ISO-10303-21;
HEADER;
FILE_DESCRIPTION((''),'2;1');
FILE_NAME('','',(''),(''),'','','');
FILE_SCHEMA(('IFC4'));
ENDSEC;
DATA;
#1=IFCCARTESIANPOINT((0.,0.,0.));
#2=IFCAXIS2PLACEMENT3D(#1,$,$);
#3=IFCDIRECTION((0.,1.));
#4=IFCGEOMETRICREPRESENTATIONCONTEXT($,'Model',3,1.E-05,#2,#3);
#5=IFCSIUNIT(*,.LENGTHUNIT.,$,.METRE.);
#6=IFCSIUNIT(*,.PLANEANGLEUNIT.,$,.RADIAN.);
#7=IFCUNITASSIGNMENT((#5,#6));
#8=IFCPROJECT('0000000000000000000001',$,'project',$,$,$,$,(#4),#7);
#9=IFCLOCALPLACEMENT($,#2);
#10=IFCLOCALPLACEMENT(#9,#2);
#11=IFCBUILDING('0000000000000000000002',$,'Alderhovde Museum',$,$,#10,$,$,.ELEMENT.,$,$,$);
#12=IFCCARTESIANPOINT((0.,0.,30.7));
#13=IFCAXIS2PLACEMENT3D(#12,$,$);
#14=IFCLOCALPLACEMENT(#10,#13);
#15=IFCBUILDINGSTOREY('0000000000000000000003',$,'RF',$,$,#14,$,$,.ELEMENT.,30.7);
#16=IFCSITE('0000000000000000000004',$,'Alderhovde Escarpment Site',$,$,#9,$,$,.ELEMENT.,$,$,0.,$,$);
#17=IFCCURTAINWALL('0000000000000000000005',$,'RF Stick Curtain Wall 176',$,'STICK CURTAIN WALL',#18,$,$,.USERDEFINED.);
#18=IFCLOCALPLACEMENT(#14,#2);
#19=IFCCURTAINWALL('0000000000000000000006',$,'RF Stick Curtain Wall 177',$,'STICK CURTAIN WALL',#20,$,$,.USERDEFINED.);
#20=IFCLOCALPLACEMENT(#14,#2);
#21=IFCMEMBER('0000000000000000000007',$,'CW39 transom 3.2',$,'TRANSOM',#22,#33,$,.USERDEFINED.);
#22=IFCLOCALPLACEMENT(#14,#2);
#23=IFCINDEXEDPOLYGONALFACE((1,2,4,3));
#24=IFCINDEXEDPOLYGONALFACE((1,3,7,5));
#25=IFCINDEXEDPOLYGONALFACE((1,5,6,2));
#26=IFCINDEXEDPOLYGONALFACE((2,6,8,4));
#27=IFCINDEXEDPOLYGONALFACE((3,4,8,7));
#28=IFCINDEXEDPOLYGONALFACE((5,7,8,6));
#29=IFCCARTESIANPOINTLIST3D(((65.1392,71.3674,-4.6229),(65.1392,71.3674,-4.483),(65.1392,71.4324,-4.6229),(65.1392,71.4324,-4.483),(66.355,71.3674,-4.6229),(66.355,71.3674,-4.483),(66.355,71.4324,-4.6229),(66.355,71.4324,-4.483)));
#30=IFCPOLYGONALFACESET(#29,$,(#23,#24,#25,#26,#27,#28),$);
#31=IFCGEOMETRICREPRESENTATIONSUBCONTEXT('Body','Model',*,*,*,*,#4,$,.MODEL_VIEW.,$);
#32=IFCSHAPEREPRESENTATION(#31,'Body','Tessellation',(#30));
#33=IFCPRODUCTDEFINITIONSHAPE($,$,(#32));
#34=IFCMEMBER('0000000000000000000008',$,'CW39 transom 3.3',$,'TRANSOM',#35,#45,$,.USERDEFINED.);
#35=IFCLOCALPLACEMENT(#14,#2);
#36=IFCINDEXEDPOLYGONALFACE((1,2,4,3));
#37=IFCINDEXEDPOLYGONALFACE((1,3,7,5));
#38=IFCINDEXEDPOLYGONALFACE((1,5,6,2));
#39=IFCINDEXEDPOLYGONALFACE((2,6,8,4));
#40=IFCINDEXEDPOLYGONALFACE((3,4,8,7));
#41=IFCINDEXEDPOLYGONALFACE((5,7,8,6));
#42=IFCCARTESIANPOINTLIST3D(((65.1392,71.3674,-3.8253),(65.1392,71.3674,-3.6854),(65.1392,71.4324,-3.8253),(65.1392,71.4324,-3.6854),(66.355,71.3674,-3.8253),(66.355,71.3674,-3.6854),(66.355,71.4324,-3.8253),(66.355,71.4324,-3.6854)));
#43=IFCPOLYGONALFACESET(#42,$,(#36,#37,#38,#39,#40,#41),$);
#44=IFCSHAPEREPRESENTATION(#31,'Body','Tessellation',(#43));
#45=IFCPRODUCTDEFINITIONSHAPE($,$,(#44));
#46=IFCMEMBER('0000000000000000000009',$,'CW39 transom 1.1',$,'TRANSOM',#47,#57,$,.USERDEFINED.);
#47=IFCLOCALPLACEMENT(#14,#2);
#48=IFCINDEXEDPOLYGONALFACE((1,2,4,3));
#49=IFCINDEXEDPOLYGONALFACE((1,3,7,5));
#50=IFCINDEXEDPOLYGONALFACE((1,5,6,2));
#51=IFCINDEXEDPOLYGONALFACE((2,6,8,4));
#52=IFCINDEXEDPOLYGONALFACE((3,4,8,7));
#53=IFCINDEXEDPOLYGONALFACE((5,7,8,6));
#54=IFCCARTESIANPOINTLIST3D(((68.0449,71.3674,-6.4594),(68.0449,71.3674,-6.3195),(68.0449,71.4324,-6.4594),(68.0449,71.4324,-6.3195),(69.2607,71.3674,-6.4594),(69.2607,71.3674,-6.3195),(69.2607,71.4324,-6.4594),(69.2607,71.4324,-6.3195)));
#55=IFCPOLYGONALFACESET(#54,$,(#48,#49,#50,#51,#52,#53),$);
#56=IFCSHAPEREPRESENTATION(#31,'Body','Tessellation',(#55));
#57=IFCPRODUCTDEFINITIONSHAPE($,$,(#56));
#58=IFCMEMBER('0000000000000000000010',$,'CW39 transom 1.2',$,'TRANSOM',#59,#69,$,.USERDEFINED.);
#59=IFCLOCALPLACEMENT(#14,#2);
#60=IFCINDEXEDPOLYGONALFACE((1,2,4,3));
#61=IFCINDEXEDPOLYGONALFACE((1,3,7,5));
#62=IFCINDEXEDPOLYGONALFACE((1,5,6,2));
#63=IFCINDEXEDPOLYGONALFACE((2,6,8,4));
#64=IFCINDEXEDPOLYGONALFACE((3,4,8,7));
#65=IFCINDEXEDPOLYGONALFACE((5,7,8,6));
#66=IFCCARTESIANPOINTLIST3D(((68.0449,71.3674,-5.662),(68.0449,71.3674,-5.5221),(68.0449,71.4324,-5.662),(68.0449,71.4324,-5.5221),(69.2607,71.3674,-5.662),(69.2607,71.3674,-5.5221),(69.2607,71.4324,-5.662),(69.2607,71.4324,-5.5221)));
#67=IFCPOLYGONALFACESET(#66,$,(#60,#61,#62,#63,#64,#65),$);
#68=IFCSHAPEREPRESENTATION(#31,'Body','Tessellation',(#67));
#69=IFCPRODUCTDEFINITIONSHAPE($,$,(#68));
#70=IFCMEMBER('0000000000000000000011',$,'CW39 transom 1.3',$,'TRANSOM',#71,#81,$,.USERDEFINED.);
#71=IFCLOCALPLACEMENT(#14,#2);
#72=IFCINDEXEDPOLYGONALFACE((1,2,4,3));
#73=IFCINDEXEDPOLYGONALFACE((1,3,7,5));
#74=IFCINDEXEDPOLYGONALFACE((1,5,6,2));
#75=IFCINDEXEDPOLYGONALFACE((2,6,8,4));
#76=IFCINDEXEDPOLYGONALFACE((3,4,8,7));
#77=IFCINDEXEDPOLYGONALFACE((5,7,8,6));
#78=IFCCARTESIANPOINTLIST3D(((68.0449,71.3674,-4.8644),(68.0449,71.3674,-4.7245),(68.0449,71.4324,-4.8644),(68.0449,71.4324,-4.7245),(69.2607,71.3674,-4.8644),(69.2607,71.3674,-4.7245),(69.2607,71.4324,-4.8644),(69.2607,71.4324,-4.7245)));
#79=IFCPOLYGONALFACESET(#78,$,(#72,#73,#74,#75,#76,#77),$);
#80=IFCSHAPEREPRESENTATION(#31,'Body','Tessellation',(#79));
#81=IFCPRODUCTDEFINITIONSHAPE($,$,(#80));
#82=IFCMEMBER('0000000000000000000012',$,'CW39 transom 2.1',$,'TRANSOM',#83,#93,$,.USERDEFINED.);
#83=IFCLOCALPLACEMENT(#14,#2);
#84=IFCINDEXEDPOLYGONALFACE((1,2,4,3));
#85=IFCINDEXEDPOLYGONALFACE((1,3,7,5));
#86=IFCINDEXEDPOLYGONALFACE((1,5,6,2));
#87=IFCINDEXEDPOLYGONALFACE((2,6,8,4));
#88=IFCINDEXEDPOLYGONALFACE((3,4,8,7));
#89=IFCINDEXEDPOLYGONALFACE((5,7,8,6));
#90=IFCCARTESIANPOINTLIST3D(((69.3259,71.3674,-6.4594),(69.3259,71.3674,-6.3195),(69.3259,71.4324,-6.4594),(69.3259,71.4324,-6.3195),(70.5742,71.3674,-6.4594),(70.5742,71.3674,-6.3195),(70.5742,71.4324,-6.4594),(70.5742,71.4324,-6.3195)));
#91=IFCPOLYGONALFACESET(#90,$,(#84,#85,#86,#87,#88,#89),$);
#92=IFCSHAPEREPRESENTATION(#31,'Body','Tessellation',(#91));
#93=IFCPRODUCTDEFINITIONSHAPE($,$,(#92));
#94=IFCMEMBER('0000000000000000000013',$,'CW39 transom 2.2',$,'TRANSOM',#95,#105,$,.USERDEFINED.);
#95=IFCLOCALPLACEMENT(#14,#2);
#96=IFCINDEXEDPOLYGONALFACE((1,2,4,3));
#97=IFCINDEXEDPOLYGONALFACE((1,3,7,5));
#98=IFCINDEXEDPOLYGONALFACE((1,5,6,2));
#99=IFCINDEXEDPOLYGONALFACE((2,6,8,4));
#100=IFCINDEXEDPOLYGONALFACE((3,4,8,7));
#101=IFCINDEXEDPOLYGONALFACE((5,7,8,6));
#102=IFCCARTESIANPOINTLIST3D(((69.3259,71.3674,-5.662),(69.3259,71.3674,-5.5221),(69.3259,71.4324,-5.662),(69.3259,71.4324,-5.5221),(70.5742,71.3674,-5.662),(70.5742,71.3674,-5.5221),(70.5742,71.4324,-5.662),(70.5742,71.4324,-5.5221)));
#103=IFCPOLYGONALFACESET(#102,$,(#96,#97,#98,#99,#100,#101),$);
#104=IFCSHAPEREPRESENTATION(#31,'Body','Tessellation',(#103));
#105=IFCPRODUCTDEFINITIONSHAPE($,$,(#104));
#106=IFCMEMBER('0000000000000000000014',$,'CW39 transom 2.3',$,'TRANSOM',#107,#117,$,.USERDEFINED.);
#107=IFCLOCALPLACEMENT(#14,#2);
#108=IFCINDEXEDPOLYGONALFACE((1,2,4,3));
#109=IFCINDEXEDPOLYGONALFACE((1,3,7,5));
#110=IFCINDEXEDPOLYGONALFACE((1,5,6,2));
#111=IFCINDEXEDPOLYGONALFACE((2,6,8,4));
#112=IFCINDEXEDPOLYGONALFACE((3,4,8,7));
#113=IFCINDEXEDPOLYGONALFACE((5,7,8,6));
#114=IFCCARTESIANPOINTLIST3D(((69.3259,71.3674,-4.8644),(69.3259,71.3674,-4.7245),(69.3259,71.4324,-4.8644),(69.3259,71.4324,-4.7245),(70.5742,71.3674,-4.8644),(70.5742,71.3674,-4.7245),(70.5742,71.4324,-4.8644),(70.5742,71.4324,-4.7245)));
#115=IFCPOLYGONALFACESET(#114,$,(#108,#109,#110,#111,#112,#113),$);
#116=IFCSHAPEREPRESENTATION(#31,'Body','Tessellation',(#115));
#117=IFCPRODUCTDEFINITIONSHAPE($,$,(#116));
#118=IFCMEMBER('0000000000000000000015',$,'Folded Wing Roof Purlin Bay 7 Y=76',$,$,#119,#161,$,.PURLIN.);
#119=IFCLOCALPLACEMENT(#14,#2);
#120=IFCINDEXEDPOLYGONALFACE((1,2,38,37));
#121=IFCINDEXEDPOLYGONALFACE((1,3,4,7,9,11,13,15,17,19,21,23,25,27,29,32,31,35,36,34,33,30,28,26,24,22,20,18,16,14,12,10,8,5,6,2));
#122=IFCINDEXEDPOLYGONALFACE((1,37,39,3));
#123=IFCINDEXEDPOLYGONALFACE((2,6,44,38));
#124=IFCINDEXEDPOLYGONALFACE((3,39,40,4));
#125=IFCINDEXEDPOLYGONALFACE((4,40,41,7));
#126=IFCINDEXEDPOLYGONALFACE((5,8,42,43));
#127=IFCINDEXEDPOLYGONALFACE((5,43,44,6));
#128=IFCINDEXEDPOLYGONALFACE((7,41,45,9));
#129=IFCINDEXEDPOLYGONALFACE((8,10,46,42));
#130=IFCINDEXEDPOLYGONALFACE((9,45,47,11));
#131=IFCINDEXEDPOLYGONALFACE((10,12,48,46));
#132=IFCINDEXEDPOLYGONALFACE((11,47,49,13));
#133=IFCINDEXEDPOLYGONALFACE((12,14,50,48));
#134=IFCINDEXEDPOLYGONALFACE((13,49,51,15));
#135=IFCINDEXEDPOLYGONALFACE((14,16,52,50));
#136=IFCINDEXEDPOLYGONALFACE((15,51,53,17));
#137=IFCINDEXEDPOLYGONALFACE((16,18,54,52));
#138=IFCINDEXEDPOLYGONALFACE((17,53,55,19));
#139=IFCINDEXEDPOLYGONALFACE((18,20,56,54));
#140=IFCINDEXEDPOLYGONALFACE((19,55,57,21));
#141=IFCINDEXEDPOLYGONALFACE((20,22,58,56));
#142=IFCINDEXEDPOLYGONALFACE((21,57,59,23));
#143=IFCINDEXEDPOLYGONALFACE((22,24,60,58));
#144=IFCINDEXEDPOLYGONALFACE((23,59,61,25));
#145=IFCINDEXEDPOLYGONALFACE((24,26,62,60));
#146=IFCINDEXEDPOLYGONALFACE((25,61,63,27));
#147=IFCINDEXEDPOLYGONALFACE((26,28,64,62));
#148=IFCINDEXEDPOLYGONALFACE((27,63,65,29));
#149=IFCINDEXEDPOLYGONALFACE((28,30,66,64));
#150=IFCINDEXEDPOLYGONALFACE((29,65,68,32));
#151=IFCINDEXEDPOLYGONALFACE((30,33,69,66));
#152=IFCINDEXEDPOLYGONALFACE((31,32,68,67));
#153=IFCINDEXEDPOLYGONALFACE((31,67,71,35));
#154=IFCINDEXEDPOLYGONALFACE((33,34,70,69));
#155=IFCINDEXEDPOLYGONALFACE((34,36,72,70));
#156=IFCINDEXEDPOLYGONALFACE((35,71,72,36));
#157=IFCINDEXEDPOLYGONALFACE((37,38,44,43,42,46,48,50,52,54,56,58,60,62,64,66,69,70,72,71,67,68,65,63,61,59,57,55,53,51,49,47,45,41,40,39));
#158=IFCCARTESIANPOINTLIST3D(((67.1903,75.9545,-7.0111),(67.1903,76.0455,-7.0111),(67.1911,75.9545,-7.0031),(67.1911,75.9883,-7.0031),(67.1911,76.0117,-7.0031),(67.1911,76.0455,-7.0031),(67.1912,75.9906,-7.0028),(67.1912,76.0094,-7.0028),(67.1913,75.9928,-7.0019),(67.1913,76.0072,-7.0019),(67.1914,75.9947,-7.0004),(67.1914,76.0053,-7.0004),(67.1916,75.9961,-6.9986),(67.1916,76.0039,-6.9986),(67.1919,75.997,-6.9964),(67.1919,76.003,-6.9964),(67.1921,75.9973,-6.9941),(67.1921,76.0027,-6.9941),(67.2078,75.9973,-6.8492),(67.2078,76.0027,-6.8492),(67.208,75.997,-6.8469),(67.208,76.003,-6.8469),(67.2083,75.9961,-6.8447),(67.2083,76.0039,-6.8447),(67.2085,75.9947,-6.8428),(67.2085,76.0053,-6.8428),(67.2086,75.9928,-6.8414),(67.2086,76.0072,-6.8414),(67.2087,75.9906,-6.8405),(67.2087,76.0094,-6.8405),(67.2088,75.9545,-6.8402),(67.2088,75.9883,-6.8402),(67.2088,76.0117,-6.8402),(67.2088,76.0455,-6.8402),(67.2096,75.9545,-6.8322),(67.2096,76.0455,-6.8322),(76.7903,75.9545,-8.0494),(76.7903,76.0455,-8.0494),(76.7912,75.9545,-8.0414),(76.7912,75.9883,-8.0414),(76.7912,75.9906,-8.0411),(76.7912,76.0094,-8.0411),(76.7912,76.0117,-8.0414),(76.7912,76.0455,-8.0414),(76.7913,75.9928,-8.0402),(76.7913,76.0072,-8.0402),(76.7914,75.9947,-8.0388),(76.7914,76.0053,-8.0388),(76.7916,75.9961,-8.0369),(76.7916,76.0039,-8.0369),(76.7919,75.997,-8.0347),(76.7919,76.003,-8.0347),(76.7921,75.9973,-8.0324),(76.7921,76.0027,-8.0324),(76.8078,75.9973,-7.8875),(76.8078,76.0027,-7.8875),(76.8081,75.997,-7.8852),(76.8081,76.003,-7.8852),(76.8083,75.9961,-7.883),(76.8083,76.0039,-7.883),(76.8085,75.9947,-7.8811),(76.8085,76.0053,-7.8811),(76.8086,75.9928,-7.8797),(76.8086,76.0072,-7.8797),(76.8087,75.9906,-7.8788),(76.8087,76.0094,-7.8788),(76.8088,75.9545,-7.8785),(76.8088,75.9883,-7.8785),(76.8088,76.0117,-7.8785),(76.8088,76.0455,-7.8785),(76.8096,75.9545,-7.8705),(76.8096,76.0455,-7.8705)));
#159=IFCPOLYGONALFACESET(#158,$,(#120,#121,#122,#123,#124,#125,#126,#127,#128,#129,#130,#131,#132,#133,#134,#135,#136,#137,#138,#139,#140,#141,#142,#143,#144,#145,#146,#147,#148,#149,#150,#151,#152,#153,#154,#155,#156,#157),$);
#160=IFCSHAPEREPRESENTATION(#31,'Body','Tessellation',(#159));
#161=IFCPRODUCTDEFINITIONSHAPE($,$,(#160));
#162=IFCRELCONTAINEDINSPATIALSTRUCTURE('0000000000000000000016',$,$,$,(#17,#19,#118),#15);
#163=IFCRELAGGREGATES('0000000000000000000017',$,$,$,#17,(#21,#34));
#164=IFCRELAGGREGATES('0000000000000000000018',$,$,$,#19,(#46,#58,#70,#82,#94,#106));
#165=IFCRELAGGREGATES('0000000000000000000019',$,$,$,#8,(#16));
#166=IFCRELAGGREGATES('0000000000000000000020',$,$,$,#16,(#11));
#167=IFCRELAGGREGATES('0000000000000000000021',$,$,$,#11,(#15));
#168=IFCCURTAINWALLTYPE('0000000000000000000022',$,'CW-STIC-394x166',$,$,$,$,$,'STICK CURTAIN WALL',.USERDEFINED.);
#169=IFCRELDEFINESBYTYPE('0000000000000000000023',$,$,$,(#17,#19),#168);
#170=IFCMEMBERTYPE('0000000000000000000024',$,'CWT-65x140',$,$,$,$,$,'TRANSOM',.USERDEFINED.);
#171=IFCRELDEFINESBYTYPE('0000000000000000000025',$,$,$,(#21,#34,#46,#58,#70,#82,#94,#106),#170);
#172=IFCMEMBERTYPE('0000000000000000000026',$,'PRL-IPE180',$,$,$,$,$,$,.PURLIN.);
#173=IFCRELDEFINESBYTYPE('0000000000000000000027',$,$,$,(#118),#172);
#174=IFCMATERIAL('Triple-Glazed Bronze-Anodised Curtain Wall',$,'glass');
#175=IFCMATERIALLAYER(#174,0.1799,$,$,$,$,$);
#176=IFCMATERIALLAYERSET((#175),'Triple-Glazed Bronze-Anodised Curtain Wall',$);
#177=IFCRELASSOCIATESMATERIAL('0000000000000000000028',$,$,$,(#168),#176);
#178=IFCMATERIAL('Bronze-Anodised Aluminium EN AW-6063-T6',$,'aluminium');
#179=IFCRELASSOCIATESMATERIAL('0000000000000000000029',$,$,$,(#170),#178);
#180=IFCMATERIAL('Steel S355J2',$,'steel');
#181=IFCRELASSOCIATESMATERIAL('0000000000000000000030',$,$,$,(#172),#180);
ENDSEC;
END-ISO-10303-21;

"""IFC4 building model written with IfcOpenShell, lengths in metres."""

from ifc_helpers import new_model, si_unit, direction, frame, origin, origin_2d, place, context, subcontext, project, spatial, rectangle, i_section, extrude, material, layer, layer_set, material_profile, profile_set, type_object, element, aggregate, save


model = new_model("IFC4")

# Units and contexts
model_context = context("Model", 3, precision=1e-05, world=origin(), true_north=direction((0.0, 1.0)))
body_context = subcontext(model_context, "Body", "Model", "MODEL_VIEW")
ifc_project = project(units=[si_unit("LENGTHUNIT", "METRE"), si_unit("PLANEANGLEUNIT", "RADIAN")], contexts=[model_context])

# Site, building, storey
site_placement = place(None, origin())
site = spatial("IfcSite", under=ifc_project, at=site_placement, Name="Alderhovde Escarpment Site", CompositionType="ELEMENT", RefElevation=0.0)
building_placement = place(site_placement, origin())
building = spatial("IfcBuilding", under=site, at=building_placement, Name="Alderhovde Museum", CompositionType="ELEMENT")
storey_placement = place(building_placement, frame((0.0, 0.0, 30.7)))
storey = spatial("IfcBuildingStorey", under=building, at=storey_placement, Name="RF", CompositionType="ELEMENT", Elevation=30.7)

# Curtain walls
ifc_material_1 = material(Name="Triple-Glazed Bronze-Anodised Curtain Wall", Category="glass")
ifc_layer_1 = layer(ifc_material_1, 0.1799)
ifc_layer_set_1 = layer_set([ifc_layer_1], Name="Triple-Glazed Bronze-Anodised Curtain Wall")
curtain_wall_type = type_object("IfcCurtainWallType", Name="CW-STIC-394x166", ElementType="STICK CURTAIN WALL", PredefinedType="USERDEFINED", material=ifc_layer_set_1)
curtain_wall_1_placement = place(storey_placement, origin())
curtain_wall_1 = element("IfcCurtainWall", 1, at=curtain_wall_1_placement, inside=storey, type_object=curtain_wall_type, Name="RF Stick Curtain Wall 176", ObjectType="STICK CURTAIN WALL", PredefinedType="USERDEFINED")
curtain_wall_2_placement = place(storey_placement, origin())
curtain_wall_2 = element("IfcCurtainWall", 2, at=curtain_wall_2_placement, inside=storey, type_object=curtain_wall_type, Name="RF Stick Curtain Wall 177", ObjectType="STICK CURTAIN WALL", PredefinedType="USERDEFINED")

# Members
ifc_material_2 = material(Name="Bronze-Anodised Aluminium EN AW-6063-T6", Category="aluminium")
ifc_material_profile_1 = material_profile(ifc_material_2, rectangle(XDim=0.0649, YDim=0.1399, at=origin_2d()), Name="TRANSOM 65x140")
ifc_profile_set_1 = profile_set([ifc_material_profile_1], Name="Bronze-Anodised Aluminium EN AW-6063-T6")
member_type_1 = type_object("IfcMemberType", Name="CWT-65x140", ElementType="TRANSOM", PredefinedType="USERDEFINED", material=ifc_profile_set_1)
member_1_placement = place(storey_placement, frame((65.1392, 71.3999, -4.553), z_axis=(1.0, 0.0, 0.0), x_axis=(0.0, 1.0, 0.0)))
member_1 = element("IfcMember", 3, at=member_1_placement, type_object=member_type_1, Name="CW39 transom 3.2", ObjectType="TRANSOM", PredefinedType="USERDEFINED", context=body_context, shape_type="SweptSolid", body=[
    extrude(rectangle(XDim=0.0649, YDim=0.1399, at=origin_2d()), origin(), (0.0, 0.0, 1.0), 1.2158),
])
member_2_placement = place(storey_placement, frame((65.1392, 71.3999, -3.7554), z_axis=(1.0, 0.0, 0.0), x_axis=(0.0, 1.0, 0.0)))
member_2 = element("IfcMember", 4, at=member_2_placement, type_object=member_type_1, Name="CW39 transom 3.3", ObjectType="TRANSOM", PredefinedType="USERDEFINED", context=body_context, shape_type="SweptSolid", body=[
    extrude(rectangle(XDim=0.0649, YDim=0.1399, at=origin_2d()), origin(), (0.0, 0.0, 1.0), 1.2158),
])
member_3_placement = place(storey_placement, frame((68.0449, 71.3999, -6.3894), z_axis=(1.0, 0.0, 0.0), x_axis=(0.0, 1.0, 0.0)))
member_3 = element("IfcMember", 5, at=member_3_placement, type_object=member_type_1, Name="CW39 transom 1.1", ObjectType="TRANSOM", PredefinedType="USERDEFINED", context=body_context, shape_type="SweptSolid", body=[
    extrude(rectangle(XDim=0.0649, YDim=0.1399, at=origin_2d()), origin(), (0.0, 0.0, 1.0), 1.2158),
])
member_4_placement = place(storey_placement, frame((68.0449, 71.3999, -5.592), z_axis=(1.0, 0.0, 0.0), x_axis=(0.0, 1.0, 0.0)))
member_4 = element("IfcMember", 6, at=member_4_placement, type_object=member_type_1, Name="CW39 transom 1.2", ObjectType="TRANSOM", PredefinedType="USERDEFINED", context=body_context, shape_type="SweptSolid", body=[
    extrude(rectangle(XDim=0.0649, YDim=0.1399, at=origin_2d()), origin(), (0.0, 0.0, 1.0), 1.2158),
])
member_5_placement = place(storey_placement, frame((68.0449, 71.3999, -4.7944), z_axis=(1.0, 0.0, 0.0), x_axis=(0.0, 1.0, 0.0)))
member_5 = element("IfcMember", 7, at=member_5_placement, type_object=member_type_1, Name="CW39 transom 1.3", ObjectType="TRANSOM", PredefinedType="USERDEFINED", context=body_context, shape_type="SweptSolid", body=[
    extrude(rectangle(XDim=0.0649, YDim=0.1399, at=origin_2d()), origin(), (0.0, 0.0, 1.0), 1.2158),
])
member_6_placement = place(storey_placement, frame((69.3259, 71.3999, -6.3894), z_axis=(1.0, 0.0, 0.0), x_axis=(0.0, 1.0, 0.0)))
member_6 = element("IfcMember", 8, at=member_6_placement, type_object=member_type_1, Name="CW39 transom 2.1", ObjectType="TRANSOM", PredefinedType="USERDEFINED", context=body_context, shape_type="SweptSolid", body=[
    extrude(rectangle(XDim=0.0649, YDim=0.1399, at=origin_2d()), origin(), (0.0, 0.0, 1.0), 1.2483),
])
member_7_placement = place(storey_placement, frame((69.3259, 71.3999, -5.592), z_axis=(1.0, 0.0, 0.0), x_axis=(0.0, 1.0, 0.0)))
member_7 = element("IfcMember", 9, at=member_7_placement, type_object=member_type_1, Name="CW39 transom 2.2", ObjectType="TRANSOM", PredefinedType="USERDEFINED", context=body_context, shape_type="SweptSolid", body=[
    extrude(rectangle(XDim=0.0649, YDim=0.1399, at=origin_2d()), origin(), (0.0, 0.0, 1.0), 1.2483),
])
member_8_placement = place(storey_placement, frame((69.3259, 71.3999, -4.7944), z_axis=(1.0, 0.0, 0.0), x_axis=(0.0, 1.0, 0.0)))
member_8 = element("IfcMember", 10, at=member_8_placement, type_object=member_type_1, Name="CW39 transom 2.3", ObjectType="TRANSOM", PredefinedType="USERDEFINED", context=body_context, shape_type="SweptSolid", body=[
    extrude(rectangle(XDim=0.0649, YDim=0.1399, at=origin_2d()), origin(), (0.0, 0.0, 1.0), 1.2483),
])

# Member
ifc_material_3 = material(Name="Steel S355J2", Category="steel")
ifc_material_profile_2 = material_profile(ifc_material_3, i_section(OverallWidth=0.0911, OverallDepth=0.1799, WebThickness=0.0054, FlangeThickness=0.0081, FilletRadius=0.009, at=origin_2d()), Name="IPE 180")
ifc_profile_set_2 = profile_set([ifc_material_profile_2], Name="Steel S355J2")
member_type_2 = type_object("IfcMemberType", Name="PRL-IPE180", PredefinedType="PURLIN", material=ifc_profile_set_2)
for number, where, z_axis, x_axis, name in (
    (11, (67.2, 76.0, -6.9216), (0.994202, 0.0, -0.107531), (0.0, 1.0, 0.0), "Folded Wing Roof Purlin Bay 7 Y=76"),
):
    element("IfcMember", number, at=place(storey_placement, frame(where, z_axis=z_axis, x_axis=x_axis)), inside=storey, type_object=member_type_2, Name=name, PredefinedType="PURLIN", context=body_context, shape_type="SweptSolid", body=[
        extrude(i_section(OverallWidth=0.0911, OverallDepth=0.1799, WebThickness=0.0054, FlangeThickness=0.0081, FilletRadius=0.009, at=origin_2d()), origin(), (0.0, 0.0, 1.0), 9.656),
    ])

aggregate(curtain_wall_1, [member_1, member_2])
aggregate(curtain_wall_2, [member_3, member_4, member_5, member_6, member_7, member_8])

save(model, "model.ifc")
